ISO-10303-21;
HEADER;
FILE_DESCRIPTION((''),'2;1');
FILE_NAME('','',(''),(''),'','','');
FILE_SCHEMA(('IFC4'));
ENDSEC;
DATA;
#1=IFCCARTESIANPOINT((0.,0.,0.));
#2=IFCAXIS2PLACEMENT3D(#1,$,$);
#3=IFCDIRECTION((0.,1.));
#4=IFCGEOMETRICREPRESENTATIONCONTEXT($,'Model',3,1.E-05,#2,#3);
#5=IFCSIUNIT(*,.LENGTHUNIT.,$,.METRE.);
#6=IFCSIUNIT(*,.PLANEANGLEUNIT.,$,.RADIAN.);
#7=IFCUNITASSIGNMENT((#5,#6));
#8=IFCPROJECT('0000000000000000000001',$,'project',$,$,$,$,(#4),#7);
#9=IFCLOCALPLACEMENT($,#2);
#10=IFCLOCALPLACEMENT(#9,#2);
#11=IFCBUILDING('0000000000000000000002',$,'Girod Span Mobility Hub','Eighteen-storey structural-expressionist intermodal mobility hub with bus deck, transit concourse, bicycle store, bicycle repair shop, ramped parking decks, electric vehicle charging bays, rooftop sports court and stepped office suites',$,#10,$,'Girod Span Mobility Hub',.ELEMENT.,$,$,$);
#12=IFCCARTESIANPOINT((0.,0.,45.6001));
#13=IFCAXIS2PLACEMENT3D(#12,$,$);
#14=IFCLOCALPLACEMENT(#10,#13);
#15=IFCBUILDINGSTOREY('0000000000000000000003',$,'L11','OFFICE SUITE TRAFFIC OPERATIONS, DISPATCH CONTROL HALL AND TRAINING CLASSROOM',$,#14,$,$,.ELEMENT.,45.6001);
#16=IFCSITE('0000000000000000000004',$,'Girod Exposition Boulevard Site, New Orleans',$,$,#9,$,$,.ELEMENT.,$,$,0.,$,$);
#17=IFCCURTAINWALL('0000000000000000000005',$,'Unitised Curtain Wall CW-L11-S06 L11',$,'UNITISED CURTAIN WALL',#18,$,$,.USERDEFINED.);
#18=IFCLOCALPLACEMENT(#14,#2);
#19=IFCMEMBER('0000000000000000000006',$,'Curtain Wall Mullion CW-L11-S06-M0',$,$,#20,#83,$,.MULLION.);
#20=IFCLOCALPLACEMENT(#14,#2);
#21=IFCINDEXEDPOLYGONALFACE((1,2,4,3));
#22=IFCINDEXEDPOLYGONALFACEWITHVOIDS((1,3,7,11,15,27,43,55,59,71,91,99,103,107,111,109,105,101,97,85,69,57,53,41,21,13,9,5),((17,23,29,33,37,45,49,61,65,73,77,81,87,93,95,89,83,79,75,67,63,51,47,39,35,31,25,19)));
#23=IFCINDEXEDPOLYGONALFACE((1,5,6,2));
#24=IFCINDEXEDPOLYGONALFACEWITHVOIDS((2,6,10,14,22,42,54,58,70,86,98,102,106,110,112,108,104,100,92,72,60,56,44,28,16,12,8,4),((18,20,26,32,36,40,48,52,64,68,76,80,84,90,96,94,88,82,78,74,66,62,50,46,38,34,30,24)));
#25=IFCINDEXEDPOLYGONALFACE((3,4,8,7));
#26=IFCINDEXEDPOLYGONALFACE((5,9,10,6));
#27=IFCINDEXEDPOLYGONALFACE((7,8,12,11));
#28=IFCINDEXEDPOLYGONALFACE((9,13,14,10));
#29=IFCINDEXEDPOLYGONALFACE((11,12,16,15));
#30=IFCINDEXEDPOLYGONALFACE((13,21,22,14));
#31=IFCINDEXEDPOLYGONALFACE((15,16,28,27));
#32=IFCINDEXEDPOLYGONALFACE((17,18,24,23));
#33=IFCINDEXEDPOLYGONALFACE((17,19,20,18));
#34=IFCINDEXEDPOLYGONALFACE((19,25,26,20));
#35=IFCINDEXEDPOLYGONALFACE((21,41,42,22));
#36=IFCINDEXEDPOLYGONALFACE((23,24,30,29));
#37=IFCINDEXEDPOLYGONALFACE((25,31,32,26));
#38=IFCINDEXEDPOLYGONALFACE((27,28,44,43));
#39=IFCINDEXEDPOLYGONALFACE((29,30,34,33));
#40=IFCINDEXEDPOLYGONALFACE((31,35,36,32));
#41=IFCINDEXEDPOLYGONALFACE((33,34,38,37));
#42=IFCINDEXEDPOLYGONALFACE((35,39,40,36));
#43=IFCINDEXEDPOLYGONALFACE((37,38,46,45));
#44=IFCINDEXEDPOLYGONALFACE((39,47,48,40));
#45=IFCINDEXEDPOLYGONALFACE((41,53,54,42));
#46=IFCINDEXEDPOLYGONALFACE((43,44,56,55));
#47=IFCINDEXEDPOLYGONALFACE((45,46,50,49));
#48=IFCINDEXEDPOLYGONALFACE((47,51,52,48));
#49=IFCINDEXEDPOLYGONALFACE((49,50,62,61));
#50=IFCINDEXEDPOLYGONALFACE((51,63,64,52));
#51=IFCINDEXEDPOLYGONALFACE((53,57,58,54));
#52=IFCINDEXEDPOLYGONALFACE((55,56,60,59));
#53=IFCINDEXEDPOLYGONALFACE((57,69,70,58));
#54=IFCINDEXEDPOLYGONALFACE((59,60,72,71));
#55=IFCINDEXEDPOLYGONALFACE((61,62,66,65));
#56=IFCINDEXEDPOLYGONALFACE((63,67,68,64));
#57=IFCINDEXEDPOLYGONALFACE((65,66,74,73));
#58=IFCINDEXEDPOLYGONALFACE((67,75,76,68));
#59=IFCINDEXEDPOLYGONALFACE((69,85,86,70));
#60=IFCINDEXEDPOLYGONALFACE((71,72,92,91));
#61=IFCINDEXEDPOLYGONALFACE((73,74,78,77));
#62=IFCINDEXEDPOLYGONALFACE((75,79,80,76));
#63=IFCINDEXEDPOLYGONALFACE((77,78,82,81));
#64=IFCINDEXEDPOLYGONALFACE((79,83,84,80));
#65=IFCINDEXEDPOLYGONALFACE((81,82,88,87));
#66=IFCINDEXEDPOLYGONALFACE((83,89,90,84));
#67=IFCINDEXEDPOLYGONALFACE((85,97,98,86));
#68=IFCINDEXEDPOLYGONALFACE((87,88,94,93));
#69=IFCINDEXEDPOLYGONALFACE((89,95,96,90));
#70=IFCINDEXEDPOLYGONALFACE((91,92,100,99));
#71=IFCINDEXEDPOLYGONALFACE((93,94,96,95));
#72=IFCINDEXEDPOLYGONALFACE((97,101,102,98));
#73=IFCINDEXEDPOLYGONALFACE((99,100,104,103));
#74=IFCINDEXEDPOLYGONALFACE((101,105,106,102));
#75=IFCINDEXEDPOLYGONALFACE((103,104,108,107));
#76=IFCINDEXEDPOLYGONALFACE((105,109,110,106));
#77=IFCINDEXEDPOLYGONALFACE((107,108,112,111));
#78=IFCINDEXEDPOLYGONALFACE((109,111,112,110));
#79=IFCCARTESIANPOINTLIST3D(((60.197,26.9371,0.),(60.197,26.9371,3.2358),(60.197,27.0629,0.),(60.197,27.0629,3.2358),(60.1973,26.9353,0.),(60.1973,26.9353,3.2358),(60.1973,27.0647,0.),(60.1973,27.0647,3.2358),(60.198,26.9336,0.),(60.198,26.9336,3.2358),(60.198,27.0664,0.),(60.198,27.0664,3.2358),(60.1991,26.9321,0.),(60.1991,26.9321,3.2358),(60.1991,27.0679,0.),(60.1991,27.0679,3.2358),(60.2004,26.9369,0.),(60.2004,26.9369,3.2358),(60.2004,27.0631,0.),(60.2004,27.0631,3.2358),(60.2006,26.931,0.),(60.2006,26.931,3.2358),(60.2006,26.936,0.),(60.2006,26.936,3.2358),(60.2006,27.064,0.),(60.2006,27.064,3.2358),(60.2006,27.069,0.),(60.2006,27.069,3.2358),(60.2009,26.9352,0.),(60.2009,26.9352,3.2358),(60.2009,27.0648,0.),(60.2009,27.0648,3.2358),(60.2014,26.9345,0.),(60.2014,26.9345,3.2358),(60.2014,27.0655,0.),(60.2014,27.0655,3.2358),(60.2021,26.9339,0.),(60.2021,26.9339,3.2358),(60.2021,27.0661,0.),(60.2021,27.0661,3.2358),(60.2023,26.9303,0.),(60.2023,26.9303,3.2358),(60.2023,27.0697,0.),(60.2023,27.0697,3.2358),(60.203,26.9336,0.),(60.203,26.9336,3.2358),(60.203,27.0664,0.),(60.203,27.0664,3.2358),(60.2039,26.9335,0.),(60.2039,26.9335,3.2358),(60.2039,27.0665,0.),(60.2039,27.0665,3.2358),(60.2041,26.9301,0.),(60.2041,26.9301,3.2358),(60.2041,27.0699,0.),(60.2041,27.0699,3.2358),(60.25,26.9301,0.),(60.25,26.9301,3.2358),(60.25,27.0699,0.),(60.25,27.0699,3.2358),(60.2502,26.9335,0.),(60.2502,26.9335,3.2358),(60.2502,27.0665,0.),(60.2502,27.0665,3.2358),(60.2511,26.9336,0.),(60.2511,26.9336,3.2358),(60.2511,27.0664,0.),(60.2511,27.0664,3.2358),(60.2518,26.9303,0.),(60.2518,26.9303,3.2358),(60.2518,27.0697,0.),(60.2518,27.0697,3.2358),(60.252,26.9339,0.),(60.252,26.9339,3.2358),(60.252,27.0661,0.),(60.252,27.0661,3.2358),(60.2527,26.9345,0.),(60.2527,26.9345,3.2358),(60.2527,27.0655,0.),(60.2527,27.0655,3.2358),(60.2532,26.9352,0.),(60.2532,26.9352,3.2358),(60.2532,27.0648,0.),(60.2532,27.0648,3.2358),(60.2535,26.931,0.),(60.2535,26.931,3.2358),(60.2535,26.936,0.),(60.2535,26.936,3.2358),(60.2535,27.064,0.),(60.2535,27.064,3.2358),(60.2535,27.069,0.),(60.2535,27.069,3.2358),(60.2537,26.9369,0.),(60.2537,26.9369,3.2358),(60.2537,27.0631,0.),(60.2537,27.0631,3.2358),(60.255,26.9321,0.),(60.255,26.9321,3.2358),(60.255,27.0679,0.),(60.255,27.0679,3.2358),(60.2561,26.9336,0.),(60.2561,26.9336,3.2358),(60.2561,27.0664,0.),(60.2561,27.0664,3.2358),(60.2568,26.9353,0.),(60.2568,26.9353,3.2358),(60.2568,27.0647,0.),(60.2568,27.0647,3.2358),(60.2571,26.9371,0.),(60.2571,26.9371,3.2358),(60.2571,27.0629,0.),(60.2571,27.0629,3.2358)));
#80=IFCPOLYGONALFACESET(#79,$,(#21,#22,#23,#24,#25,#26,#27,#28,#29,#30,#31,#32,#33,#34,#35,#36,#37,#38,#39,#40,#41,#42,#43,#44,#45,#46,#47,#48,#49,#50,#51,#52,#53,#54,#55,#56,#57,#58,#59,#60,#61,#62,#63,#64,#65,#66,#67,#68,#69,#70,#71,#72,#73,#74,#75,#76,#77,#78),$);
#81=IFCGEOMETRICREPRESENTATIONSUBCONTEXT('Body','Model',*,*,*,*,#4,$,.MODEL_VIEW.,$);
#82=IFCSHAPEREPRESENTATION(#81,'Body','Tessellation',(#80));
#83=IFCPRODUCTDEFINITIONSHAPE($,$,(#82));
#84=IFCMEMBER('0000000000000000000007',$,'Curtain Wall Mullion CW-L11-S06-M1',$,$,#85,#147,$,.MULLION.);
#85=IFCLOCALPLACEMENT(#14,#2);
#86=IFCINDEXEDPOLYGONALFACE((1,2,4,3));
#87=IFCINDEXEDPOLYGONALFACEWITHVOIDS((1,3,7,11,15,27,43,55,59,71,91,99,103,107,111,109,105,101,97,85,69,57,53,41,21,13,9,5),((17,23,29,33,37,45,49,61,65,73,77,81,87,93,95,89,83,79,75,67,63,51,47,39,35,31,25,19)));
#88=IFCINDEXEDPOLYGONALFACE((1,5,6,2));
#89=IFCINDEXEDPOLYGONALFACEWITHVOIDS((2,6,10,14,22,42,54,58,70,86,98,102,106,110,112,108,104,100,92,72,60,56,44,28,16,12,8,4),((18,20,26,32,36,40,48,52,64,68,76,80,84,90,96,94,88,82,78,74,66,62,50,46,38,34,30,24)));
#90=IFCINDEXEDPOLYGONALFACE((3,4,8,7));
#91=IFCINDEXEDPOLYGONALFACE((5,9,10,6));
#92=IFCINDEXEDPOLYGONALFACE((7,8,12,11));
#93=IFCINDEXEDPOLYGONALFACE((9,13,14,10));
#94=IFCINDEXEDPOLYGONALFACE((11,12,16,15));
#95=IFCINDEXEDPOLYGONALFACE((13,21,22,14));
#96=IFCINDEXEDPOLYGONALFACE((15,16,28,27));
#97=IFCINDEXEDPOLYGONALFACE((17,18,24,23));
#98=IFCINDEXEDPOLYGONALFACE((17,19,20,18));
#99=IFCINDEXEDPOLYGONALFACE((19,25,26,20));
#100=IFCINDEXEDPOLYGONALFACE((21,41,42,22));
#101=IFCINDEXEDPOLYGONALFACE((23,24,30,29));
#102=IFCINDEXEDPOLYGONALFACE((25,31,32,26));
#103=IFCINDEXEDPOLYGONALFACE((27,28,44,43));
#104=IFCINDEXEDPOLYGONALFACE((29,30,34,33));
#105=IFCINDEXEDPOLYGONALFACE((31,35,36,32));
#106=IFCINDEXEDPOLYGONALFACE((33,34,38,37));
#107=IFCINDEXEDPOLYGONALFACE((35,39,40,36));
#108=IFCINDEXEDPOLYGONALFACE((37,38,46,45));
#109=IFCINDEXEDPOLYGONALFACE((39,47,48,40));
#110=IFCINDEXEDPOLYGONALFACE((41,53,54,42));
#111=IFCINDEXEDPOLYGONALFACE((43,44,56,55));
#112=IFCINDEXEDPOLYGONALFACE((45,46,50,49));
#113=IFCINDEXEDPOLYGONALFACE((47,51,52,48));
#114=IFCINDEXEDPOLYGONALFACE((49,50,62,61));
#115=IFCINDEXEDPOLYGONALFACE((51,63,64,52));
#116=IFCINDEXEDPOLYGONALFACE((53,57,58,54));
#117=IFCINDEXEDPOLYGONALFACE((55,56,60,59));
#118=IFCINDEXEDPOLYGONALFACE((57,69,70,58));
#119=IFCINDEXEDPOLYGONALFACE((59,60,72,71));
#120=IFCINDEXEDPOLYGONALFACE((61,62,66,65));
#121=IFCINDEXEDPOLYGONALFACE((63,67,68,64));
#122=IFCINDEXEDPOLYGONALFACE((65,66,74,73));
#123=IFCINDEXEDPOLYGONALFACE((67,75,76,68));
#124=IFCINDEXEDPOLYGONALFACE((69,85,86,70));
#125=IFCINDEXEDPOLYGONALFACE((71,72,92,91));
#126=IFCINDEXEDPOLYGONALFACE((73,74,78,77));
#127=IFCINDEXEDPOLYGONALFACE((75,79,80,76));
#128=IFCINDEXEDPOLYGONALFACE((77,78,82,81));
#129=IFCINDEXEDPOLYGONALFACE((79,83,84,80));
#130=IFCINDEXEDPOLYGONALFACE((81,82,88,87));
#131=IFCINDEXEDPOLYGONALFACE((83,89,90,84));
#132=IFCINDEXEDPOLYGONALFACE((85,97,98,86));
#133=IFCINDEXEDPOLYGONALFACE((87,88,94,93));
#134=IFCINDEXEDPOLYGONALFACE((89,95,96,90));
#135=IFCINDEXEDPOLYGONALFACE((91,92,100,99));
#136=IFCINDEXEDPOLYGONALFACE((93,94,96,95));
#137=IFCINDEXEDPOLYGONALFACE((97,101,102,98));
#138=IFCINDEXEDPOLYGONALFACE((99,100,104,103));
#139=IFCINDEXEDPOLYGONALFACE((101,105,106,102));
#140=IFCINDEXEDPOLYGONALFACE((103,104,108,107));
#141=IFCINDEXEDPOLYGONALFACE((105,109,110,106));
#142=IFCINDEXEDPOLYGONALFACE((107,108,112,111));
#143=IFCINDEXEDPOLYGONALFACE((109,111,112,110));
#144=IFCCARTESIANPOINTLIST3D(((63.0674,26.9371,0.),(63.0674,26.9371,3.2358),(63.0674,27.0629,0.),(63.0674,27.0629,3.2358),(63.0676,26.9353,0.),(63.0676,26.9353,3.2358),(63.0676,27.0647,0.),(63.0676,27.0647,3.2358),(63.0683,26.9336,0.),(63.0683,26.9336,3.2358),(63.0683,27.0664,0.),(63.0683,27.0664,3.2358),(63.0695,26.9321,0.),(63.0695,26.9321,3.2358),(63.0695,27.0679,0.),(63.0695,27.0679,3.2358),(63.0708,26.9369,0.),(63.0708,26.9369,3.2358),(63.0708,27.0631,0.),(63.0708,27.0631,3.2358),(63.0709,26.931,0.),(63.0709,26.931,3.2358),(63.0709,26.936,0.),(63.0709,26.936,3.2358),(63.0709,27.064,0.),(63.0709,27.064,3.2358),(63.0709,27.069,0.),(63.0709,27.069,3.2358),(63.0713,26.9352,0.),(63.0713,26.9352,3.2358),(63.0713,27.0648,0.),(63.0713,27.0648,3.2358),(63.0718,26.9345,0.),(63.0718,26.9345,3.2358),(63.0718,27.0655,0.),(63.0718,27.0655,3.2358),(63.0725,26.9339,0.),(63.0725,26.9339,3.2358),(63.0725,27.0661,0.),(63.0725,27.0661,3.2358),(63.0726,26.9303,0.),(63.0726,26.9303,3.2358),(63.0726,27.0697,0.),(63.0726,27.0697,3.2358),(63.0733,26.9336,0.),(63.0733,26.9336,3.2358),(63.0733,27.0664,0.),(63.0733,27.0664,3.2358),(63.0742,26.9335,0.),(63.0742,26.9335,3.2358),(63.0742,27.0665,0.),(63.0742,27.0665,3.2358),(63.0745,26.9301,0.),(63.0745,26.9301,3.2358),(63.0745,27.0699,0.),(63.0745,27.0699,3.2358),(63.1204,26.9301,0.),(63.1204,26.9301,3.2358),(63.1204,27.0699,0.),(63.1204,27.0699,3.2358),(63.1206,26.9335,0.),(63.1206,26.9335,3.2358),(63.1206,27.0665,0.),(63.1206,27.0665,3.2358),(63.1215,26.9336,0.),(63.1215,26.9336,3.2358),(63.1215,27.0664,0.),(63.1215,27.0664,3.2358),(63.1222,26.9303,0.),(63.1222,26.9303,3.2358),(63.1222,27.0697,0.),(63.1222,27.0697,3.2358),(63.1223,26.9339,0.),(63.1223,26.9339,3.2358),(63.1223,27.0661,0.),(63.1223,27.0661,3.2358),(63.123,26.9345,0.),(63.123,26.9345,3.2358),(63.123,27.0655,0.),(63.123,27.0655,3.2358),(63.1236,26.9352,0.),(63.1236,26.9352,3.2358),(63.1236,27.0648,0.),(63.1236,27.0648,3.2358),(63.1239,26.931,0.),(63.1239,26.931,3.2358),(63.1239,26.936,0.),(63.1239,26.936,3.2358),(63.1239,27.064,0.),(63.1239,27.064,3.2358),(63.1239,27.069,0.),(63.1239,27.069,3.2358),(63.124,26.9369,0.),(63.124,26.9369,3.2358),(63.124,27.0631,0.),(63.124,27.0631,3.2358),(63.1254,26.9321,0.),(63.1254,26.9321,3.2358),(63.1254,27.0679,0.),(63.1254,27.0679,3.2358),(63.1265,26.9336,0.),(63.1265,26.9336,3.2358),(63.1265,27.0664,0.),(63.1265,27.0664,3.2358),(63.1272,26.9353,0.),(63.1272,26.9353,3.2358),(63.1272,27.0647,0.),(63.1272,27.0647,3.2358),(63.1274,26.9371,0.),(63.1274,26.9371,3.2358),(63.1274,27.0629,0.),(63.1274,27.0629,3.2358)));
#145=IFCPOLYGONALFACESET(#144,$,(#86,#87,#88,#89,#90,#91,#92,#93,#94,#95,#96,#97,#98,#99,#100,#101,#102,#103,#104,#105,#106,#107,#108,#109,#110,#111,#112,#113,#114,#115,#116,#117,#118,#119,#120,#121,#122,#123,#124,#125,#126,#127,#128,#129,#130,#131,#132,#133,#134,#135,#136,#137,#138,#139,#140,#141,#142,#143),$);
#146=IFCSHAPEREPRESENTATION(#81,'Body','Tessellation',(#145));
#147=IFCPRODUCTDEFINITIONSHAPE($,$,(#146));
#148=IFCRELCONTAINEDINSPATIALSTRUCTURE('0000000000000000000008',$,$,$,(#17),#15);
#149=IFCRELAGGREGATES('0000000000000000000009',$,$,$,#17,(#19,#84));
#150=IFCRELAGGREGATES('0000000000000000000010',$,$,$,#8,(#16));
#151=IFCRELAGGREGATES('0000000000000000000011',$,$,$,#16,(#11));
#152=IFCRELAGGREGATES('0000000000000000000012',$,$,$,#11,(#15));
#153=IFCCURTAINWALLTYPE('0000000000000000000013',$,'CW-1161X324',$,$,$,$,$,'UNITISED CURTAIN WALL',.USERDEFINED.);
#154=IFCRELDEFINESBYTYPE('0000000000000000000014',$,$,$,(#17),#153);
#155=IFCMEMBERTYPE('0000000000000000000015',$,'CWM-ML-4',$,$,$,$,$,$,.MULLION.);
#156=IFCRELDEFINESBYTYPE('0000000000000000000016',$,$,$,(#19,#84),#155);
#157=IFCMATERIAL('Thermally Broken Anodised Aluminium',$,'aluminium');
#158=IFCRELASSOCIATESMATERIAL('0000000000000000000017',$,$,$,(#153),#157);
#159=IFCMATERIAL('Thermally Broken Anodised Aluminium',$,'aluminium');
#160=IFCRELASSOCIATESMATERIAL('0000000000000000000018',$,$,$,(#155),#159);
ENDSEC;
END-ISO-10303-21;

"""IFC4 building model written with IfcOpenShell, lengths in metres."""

from ifc_helpers import new_model, si_unit, direction, frame, origin, origin_2d, place, context, subcontext, project, spatial, hollow_rectangle, extrude, material, material_profile, profile_set, type_object, element, aggregate, save


model = new_model("IFC4")

# Units and contexts
model_context = context("Model", 3, precision=1e-05, world=origin(), true_north=direction((0.0, 1.0)))
body_context = subcontext(model_context, "Body", "Model", "MODEL_VIEW")
ifc_project = project(units=[si_unit("LENGTHUNIT", "METRE"), si_unit("PLANEANGLEUNIT", "RADIAN")], contexts=[model_context])

# Site, building, storey
site_placement = place(None, origin())
site = spatial("IfcSite", under=ifc_project, at=site_placement, Name="Girod Exposition Boulevard Site, New Orleans", CompositionType="ELEMENT", RefElevation=0.0)
building_placement = place(site_placement, origin())
building = spatial("IfcBuilding", under=site, at=building_placement, Name="Girod Span Mobility Hub", Description="Eighteen-storey structural-expressionist intermodal mobility hub with bus deck, transit concourse, bicycle store, bicycle repair shop, ramped parking decks, electric vehicle charging bays, rooftop sports court and stepped office suites", LongName="Girod Span Mobility Hub", CompositionType="ELEMENT")
storey_placement = place(building_placement, frame((0.0, 0.0, 45.6001)))
storey = spatial("IfcBuildingStorey", under=building, at=storey_placement, Name="L11", Description="OFFICE SUITE TRAFFIC OPERATIONS, DISPATCH CONTROL HALL AND TRAINING CLASSROOM", CompositionType="ELEMENT", Elevation=45.6001)

# Curtain wall, members
ifc_material_1 = material(Name="Thermally Broken Anodised Aluminium", Category="aluminium")
curtain_wall_type = type_object("IfcCurtainWallType", Name="CW-1161X324", ElementType="UNITISED CURTAIN WALL", PredefinedType="USERDEFINED", material=ifc_material_1)
ifc_material_2 = material(Name="Thermally Broken Anodised Aluminium", Category="aluminium")
ifc_material_profile_1 = material_profile(ifc_material_2, hollow_rectangle(XDim=0.1399, YDim=0.0601, WallThickness=0.0034, InnerFilletRadius=0.0034, OuterFilletRadius=0.0071, at=origin_2d()), Name="CW-ML-60X140")
ifc_profile_set_1 = profile_set([ifc_material_profile_1], Name="Thermally Broken Anodised Aluminium")
member_type_1 = type_object("IfcMemberType", Name="CWM-ML-4", PredefinedType="MULLION", material=ifc_profile_set_1)
curtain_wall_1_placement = place(storey_placement, origin())
curtain_wall_1 = element("IfcCurtainWall", 1, at=curtain_wall_1_placement, inside=storey, type_object=curtain_wall_type, Name="Unitised Curtain Wall CW-L11-S06 L11", ObjectType="UNITISED CURTAIN WALL", PredefinedType="USERDEFINED")
member_1_placement = place(storey_placement, frame((60.2271, 27.0, 0.0), z_axis=(0.0, 0.0, 1.0), x_axis=(0.0, 1.0, 0.0)))
member_1 = element("IfcMember", 2, at=member_1_placement, type_object=member_type_1, Name="Curtain Wall Mullion CW-L11-S06-M0", PredefinedType="MULLION", context=body_context, shape_type="SweptSolid", body=[
    extrude(hollow_rectangle(XDim=0.1399, YDim=0.0601, WallThickness=0.0034, InnerFilletRadius=0.0034, OuterFilletRadius=0.0071, at=origin_2d()), origin(), (0.0, 0.0, 1.0), 3.2358),
])
member_2_placement = place(storey_placement, frame((63.0974, 27.0, 0.0), z_axis=(0.0, 0.0, 1.0), x_axis=(0.0, 1.0, 0.0)))
member_2 = element("IfcMember", 3, at=member_2_placement, type_object=member_type_1, Name="Curtain Wall Mullion CW-L11-S06-M1", PredefinedType="MULLION", context=body_context, shape_type="SweptSolid", body=[
    extrude(hollow_rectangle(XDim=0.1399, YDim=0.0601, WallThickness=0.0034, InnerFilletRadius=0.0034, OuterFilletRadius=0.0071, at=origin_2d()), origin(), (0.0, 0.0, 1.0), 3.2358),
])

aggregate(curtain_wall_1, [member_1, member_2])

save(model, "model.ifc")
